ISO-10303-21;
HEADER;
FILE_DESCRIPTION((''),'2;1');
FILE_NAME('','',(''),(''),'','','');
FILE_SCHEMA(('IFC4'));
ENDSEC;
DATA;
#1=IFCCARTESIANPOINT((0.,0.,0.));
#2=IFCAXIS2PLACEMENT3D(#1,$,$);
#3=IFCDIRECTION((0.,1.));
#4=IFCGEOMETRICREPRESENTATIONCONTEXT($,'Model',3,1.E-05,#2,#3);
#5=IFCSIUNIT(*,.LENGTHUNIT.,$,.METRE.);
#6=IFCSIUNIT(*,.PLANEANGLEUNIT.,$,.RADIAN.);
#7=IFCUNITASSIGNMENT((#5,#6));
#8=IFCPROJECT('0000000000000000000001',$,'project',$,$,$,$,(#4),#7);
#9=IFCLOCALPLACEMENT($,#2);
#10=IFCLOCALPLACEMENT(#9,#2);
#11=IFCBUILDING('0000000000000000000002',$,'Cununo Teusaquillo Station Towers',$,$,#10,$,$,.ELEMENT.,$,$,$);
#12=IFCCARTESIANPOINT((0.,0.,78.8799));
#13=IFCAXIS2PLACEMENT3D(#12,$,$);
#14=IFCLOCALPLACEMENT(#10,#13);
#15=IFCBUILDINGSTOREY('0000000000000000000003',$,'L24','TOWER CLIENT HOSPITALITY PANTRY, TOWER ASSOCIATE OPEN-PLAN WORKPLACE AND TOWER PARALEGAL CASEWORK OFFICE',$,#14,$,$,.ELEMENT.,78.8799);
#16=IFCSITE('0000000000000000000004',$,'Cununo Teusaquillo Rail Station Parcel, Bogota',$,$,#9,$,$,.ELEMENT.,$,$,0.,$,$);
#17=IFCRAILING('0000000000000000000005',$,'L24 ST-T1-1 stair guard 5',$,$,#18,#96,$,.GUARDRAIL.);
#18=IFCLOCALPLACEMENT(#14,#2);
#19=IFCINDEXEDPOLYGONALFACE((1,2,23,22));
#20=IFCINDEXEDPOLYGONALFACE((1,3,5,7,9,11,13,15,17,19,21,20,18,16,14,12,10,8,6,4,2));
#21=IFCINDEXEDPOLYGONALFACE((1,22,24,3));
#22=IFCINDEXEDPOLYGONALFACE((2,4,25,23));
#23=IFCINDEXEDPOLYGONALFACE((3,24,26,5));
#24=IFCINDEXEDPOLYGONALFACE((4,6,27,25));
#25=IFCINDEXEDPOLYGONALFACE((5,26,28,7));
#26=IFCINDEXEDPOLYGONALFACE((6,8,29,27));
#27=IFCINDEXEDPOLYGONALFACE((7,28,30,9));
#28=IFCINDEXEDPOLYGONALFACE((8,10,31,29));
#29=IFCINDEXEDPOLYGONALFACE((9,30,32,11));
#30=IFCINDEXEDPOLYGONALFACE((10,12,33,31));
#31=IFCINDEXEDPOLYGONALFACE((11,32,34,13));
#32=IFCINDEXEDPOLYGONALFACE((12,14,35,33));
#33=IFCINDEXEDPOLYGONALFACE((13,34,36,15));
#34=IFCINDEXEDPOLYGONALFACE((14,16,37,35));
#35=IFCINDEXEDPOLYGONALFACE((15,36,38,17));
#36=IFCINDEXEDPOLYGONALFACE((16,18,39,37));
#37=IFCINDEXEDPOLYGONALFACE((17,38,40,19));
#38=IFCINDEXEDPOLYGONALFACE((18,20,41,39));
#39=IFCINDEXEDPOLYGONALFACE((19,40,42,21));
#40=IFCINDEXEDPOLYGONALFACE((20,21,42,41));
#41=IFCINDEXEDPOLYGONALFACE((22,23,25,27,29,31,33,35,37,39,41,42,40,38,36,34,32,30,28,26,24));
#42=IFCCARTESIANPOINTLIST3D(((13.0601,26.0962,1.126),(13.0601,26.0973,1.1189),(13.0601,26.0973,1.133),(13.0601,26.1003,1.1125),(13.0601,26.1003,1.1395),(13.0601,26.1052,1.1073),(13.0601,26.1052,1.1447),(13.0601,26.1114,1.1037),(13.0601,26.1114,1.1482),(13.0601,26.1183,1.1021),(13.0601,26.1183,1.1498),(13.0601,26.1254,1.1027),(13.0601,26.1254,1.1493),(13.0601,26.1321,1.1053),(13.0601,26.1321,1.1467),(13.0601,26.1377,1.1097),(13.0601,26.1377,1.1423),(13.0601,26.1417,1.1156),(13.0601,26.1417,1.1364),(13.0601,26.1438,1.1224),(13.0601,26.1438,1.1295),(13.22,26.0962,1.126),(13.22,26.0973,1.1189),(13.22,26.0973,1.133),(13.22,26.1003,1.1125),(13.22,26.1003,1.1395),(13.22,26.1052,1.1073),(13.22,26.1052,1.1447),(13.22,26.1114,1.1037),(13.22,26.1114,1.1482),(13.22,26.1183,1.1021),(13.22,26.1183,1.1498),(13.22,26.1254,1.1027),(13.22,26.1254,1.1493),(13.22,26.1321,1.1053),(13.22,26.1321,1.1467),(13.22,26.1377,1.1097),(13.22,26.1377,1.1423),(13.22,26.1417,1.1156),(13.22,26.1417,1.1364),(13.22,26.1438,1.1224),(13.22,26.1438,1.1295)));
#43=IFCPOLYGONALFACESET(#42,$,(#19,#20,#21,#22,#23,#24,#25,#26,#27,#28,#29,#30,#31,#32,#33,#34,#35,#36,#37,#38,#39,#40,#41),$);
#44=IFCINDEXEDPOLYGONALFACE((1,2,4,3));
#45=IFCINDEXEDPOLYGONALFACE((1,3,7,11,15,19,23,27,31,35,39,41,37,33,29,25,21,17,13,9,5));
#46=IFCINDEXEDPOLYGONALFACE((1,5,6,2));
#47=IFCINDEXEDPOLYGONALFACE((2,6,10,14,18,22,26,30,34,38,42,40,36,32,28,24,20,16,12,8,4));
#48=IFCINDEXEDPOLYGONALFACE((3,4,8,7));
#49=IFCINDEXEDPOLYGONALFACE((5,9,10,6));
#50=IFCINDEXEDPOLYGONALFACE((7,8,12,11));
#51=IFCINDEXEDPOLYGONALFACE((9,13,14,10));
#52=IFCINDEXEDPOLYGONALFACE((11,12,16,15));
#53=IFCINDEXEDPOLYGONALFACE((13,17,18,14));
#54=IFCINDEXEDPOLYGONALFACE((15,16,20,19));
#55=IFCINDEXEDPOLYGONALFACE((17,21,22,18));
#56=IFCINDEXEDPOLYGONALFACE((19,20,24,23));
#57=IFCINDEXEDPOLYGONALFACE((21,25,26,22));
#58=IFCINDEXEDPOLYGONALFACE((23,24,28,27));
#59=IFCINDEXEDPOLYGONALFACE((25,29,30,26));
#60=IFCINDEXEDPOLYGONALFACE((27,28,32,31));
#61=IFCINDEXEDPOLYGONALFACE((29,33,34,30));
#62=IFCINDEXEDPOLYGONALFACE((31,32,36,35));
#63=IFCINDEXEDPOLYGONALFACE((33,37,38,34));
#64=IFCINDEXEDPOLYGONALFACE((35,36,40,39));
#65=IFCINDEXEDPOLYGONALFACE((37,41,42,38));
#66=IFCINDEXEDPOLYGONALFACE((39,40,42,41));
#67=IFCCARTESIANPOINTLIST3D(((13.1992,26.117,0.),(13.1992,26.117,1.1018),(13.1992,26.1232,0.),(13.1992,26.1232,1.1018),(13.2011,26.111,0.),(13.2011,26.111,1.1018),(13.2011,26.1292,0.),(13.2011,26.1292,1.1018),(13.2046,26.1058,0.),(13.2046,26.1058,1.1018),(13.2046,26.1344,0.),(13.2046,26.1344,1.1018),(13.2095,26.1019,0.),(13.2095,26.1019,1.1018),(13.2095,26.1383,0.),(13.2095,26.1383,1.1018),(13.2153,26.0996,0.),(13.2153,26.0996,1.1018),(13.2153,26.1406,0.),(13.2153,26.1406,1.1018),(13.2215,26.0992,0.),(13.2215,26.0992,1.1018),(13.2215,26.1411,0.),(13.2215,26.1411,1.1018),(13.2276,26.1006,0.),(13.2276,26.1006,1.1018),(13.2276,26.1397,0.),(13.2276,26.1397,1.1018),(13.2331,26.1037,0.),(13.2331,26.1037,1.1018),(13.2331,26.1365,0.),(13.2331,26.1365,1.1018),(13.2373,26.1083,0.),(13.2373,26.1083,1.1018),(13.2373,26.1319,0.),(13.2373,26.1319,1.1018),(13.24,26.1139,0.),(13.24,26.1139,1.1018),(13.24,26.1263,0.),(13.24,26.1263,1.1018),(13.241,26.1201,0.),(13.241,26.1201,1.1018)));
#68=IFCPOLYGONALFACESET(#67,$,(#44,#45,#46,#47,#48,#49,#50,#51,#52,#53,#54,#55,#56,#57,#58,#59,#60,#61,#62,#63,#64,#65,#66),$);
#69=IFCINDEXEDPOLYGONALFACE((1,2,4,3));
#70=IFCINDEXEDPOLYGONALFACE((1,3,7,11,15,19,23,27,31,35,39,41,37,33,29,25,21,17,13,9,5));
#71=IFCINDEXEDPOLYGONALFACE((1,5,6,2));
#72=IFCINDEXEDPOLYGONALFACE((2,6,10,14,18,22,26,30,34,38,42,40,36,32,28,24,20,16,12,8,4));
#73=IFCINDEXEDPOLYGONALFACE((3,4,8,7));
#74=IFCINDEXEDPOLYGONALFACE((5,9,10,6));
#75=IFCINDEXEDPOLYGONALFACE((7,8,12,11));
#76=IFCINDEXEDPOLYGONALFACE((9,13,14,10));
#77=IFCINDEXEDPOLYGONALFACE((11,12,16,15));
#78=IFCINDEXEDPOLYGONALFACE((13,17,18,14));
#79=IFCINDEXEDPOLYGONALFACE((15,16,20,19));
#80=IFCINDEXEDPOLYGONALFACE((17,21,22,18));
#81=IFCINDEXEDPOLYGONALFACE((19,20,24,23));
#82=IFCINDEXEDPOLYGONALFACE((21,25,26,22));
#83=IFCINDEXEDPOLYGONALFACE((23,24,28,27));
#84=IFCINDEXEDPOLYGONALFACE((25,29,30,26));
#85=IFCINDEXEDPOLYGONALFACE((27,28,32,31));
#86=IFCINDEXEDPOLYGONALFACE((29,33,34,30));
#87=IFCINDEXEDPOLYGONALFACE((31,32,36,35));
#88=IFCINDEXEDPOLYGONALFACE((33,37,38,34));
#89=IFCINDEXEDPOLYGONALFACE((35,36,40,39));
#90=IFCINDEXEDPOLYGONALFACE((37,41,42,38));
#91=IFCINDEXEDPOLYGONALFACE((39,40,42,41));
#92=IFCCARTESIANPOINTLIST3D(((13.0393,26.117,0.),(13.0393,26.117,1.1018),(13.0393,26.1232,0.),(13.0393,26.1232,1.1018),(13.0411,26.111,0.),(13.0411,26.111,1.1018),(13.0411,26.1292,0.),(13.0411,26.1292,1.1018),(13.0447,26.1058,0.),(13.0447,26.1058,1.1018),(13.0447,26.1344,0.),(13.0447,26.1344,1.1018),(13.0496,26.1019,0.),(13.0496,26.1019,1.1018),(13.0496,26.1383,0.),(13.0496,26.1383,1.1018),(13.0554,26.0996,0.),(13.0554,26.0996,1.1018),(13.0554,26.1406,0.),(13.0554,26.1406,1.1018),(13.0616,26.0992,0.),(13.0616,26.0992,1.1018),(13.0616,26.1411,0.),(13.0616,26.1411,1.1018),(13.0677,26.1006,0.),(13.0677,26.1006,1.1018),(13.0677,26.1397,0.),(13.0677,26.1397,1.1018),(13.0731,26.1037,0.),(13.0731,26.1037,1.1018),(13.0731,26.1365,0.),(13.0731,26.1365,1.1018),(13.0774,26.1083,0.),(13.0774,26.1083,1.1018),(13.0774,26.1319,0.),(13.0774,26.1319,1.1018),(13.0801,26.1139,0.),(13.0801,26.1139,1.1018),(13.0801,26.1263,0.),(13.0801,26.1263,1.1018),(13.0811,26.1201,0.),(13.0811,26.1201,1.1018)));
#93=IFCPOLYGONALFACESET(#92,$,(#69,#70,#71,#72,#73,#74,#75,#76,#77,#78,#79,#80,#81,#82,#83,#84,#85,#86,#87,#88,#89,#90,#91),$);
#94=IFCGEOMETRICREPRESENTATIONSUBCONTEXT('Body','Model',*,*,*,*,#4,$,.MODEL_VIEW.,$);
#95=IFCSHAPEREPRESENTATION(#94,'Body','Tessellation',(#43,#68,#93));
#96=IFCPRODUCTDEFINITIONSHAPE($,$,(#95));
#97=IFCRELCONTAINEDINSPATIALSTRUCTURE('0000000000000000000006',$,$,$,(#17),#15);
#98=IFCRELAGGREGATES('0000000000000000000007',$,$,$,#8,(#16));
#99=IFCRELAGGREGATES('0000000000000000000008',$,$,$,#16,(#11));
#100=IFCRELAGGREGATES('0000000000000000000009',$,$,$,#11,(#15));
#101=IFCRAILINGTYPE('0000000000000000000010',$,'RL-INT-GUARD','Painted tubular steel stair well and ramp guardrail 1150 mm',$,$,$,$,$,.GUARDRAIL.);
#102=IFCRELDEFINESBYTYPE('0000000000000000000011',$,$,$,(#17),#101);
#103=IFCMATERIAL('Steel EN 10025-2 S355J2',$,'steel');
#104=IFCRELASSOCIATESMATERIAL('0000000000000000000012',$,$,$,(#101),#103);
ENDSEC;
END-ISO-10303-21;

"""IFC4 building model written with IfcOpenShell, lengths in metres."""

from ifc_helpers import new_model, si_unit, direction, frame, origin, origin_2d, place, context, subcontext, project, spatial, circle, extrude, material, type_object, element, save


model = new_model("IFC4")

# Units and contexts
model_context = context("Model", 3, precision=1e-05, world=origin(), true_north=direction((0.0, 1.0)))
body_context = subcontext(model_context, "Body", "Model", "MODEL_VIEW")
ifc_project = project(units=[si_unit("LENGTHUNIT", "METRE"), si_unit("PLANEANGLEUNIT", "RADIAN")], contexts=[model_context])

# Site, building, storey
site_placement = place(None, origin())
site = spatial("IfcSite", under=ifc_project, at=site_placement, Name="Cununo Teusaquillo Rail Station Parcel, Bogota", CompositionType="ELEMENT", RefElevation=0.0)
building_placement = place(site_placement, origin())
building = spatial("IfcBuilding", under=site, at=building_placement, Name="Cununo Teusaquillo Station Towers", CompositionType="ELEMENT")
storey_placement = place(building_placement, frame((0.0, 0.0, 78.8799)))
storey = spatial("IfcBuildingStorey", under=building, at=storey_placement, Name="L24", Description="TOWER CLIENT HOSPITALITY PANTRY, TOWER ASSOCIATE OPEN-PLAN WORKPLACE AND TOWER PARALEGAL CASEWORK OFFICE", CompositionType="ELEMENT", Elevation=78.8799)

# Railing
ifc_material_1 = material(Name="Steel EN 10025-2 S355J2", Category="steel")
railing_type_1 = type_object("IfcRailingType", Name="RL-INT-GUARD", Description="Painted tubular steel stair well and ramp guardrail 1150 mm", PredefinedType="GUARDRAIL", material=ifc_material_1)
railing_1_placement = place(storey_placement, frame((13.22, 26.1201, 0.0)))
element("IfcRailing", 1, at=railing_1_placement, inside=storey, type_object=railing_type_1, Name="L24 ST-T1-1 stair guard 5", PredefinedType="GUARDRAIL", context=body_context, shape_type="SweptSolid", body=[
    extrude(circle(Radius=0.0239, at=origin_2d()), frame((0.0, 0.0, 1.126), z_axis=(-1.0, 0.0, 0.0), x_axis=(0.0, -1.0, 0.0)), (0.0, 0.0, 1.0), 0.1599),
    extrude(circle(Radius=0.021, at=origin_2d()), origin(), (0.0, 0.0, 1.0), 1.1018),
    extrude(circle(Radius=0.021, at=origin_2d()), frame((-0.1599, 0.0, 0.0)), (0.0, 0.0, 1.0), 1.1018),
])

save(model, "model.ifc")
